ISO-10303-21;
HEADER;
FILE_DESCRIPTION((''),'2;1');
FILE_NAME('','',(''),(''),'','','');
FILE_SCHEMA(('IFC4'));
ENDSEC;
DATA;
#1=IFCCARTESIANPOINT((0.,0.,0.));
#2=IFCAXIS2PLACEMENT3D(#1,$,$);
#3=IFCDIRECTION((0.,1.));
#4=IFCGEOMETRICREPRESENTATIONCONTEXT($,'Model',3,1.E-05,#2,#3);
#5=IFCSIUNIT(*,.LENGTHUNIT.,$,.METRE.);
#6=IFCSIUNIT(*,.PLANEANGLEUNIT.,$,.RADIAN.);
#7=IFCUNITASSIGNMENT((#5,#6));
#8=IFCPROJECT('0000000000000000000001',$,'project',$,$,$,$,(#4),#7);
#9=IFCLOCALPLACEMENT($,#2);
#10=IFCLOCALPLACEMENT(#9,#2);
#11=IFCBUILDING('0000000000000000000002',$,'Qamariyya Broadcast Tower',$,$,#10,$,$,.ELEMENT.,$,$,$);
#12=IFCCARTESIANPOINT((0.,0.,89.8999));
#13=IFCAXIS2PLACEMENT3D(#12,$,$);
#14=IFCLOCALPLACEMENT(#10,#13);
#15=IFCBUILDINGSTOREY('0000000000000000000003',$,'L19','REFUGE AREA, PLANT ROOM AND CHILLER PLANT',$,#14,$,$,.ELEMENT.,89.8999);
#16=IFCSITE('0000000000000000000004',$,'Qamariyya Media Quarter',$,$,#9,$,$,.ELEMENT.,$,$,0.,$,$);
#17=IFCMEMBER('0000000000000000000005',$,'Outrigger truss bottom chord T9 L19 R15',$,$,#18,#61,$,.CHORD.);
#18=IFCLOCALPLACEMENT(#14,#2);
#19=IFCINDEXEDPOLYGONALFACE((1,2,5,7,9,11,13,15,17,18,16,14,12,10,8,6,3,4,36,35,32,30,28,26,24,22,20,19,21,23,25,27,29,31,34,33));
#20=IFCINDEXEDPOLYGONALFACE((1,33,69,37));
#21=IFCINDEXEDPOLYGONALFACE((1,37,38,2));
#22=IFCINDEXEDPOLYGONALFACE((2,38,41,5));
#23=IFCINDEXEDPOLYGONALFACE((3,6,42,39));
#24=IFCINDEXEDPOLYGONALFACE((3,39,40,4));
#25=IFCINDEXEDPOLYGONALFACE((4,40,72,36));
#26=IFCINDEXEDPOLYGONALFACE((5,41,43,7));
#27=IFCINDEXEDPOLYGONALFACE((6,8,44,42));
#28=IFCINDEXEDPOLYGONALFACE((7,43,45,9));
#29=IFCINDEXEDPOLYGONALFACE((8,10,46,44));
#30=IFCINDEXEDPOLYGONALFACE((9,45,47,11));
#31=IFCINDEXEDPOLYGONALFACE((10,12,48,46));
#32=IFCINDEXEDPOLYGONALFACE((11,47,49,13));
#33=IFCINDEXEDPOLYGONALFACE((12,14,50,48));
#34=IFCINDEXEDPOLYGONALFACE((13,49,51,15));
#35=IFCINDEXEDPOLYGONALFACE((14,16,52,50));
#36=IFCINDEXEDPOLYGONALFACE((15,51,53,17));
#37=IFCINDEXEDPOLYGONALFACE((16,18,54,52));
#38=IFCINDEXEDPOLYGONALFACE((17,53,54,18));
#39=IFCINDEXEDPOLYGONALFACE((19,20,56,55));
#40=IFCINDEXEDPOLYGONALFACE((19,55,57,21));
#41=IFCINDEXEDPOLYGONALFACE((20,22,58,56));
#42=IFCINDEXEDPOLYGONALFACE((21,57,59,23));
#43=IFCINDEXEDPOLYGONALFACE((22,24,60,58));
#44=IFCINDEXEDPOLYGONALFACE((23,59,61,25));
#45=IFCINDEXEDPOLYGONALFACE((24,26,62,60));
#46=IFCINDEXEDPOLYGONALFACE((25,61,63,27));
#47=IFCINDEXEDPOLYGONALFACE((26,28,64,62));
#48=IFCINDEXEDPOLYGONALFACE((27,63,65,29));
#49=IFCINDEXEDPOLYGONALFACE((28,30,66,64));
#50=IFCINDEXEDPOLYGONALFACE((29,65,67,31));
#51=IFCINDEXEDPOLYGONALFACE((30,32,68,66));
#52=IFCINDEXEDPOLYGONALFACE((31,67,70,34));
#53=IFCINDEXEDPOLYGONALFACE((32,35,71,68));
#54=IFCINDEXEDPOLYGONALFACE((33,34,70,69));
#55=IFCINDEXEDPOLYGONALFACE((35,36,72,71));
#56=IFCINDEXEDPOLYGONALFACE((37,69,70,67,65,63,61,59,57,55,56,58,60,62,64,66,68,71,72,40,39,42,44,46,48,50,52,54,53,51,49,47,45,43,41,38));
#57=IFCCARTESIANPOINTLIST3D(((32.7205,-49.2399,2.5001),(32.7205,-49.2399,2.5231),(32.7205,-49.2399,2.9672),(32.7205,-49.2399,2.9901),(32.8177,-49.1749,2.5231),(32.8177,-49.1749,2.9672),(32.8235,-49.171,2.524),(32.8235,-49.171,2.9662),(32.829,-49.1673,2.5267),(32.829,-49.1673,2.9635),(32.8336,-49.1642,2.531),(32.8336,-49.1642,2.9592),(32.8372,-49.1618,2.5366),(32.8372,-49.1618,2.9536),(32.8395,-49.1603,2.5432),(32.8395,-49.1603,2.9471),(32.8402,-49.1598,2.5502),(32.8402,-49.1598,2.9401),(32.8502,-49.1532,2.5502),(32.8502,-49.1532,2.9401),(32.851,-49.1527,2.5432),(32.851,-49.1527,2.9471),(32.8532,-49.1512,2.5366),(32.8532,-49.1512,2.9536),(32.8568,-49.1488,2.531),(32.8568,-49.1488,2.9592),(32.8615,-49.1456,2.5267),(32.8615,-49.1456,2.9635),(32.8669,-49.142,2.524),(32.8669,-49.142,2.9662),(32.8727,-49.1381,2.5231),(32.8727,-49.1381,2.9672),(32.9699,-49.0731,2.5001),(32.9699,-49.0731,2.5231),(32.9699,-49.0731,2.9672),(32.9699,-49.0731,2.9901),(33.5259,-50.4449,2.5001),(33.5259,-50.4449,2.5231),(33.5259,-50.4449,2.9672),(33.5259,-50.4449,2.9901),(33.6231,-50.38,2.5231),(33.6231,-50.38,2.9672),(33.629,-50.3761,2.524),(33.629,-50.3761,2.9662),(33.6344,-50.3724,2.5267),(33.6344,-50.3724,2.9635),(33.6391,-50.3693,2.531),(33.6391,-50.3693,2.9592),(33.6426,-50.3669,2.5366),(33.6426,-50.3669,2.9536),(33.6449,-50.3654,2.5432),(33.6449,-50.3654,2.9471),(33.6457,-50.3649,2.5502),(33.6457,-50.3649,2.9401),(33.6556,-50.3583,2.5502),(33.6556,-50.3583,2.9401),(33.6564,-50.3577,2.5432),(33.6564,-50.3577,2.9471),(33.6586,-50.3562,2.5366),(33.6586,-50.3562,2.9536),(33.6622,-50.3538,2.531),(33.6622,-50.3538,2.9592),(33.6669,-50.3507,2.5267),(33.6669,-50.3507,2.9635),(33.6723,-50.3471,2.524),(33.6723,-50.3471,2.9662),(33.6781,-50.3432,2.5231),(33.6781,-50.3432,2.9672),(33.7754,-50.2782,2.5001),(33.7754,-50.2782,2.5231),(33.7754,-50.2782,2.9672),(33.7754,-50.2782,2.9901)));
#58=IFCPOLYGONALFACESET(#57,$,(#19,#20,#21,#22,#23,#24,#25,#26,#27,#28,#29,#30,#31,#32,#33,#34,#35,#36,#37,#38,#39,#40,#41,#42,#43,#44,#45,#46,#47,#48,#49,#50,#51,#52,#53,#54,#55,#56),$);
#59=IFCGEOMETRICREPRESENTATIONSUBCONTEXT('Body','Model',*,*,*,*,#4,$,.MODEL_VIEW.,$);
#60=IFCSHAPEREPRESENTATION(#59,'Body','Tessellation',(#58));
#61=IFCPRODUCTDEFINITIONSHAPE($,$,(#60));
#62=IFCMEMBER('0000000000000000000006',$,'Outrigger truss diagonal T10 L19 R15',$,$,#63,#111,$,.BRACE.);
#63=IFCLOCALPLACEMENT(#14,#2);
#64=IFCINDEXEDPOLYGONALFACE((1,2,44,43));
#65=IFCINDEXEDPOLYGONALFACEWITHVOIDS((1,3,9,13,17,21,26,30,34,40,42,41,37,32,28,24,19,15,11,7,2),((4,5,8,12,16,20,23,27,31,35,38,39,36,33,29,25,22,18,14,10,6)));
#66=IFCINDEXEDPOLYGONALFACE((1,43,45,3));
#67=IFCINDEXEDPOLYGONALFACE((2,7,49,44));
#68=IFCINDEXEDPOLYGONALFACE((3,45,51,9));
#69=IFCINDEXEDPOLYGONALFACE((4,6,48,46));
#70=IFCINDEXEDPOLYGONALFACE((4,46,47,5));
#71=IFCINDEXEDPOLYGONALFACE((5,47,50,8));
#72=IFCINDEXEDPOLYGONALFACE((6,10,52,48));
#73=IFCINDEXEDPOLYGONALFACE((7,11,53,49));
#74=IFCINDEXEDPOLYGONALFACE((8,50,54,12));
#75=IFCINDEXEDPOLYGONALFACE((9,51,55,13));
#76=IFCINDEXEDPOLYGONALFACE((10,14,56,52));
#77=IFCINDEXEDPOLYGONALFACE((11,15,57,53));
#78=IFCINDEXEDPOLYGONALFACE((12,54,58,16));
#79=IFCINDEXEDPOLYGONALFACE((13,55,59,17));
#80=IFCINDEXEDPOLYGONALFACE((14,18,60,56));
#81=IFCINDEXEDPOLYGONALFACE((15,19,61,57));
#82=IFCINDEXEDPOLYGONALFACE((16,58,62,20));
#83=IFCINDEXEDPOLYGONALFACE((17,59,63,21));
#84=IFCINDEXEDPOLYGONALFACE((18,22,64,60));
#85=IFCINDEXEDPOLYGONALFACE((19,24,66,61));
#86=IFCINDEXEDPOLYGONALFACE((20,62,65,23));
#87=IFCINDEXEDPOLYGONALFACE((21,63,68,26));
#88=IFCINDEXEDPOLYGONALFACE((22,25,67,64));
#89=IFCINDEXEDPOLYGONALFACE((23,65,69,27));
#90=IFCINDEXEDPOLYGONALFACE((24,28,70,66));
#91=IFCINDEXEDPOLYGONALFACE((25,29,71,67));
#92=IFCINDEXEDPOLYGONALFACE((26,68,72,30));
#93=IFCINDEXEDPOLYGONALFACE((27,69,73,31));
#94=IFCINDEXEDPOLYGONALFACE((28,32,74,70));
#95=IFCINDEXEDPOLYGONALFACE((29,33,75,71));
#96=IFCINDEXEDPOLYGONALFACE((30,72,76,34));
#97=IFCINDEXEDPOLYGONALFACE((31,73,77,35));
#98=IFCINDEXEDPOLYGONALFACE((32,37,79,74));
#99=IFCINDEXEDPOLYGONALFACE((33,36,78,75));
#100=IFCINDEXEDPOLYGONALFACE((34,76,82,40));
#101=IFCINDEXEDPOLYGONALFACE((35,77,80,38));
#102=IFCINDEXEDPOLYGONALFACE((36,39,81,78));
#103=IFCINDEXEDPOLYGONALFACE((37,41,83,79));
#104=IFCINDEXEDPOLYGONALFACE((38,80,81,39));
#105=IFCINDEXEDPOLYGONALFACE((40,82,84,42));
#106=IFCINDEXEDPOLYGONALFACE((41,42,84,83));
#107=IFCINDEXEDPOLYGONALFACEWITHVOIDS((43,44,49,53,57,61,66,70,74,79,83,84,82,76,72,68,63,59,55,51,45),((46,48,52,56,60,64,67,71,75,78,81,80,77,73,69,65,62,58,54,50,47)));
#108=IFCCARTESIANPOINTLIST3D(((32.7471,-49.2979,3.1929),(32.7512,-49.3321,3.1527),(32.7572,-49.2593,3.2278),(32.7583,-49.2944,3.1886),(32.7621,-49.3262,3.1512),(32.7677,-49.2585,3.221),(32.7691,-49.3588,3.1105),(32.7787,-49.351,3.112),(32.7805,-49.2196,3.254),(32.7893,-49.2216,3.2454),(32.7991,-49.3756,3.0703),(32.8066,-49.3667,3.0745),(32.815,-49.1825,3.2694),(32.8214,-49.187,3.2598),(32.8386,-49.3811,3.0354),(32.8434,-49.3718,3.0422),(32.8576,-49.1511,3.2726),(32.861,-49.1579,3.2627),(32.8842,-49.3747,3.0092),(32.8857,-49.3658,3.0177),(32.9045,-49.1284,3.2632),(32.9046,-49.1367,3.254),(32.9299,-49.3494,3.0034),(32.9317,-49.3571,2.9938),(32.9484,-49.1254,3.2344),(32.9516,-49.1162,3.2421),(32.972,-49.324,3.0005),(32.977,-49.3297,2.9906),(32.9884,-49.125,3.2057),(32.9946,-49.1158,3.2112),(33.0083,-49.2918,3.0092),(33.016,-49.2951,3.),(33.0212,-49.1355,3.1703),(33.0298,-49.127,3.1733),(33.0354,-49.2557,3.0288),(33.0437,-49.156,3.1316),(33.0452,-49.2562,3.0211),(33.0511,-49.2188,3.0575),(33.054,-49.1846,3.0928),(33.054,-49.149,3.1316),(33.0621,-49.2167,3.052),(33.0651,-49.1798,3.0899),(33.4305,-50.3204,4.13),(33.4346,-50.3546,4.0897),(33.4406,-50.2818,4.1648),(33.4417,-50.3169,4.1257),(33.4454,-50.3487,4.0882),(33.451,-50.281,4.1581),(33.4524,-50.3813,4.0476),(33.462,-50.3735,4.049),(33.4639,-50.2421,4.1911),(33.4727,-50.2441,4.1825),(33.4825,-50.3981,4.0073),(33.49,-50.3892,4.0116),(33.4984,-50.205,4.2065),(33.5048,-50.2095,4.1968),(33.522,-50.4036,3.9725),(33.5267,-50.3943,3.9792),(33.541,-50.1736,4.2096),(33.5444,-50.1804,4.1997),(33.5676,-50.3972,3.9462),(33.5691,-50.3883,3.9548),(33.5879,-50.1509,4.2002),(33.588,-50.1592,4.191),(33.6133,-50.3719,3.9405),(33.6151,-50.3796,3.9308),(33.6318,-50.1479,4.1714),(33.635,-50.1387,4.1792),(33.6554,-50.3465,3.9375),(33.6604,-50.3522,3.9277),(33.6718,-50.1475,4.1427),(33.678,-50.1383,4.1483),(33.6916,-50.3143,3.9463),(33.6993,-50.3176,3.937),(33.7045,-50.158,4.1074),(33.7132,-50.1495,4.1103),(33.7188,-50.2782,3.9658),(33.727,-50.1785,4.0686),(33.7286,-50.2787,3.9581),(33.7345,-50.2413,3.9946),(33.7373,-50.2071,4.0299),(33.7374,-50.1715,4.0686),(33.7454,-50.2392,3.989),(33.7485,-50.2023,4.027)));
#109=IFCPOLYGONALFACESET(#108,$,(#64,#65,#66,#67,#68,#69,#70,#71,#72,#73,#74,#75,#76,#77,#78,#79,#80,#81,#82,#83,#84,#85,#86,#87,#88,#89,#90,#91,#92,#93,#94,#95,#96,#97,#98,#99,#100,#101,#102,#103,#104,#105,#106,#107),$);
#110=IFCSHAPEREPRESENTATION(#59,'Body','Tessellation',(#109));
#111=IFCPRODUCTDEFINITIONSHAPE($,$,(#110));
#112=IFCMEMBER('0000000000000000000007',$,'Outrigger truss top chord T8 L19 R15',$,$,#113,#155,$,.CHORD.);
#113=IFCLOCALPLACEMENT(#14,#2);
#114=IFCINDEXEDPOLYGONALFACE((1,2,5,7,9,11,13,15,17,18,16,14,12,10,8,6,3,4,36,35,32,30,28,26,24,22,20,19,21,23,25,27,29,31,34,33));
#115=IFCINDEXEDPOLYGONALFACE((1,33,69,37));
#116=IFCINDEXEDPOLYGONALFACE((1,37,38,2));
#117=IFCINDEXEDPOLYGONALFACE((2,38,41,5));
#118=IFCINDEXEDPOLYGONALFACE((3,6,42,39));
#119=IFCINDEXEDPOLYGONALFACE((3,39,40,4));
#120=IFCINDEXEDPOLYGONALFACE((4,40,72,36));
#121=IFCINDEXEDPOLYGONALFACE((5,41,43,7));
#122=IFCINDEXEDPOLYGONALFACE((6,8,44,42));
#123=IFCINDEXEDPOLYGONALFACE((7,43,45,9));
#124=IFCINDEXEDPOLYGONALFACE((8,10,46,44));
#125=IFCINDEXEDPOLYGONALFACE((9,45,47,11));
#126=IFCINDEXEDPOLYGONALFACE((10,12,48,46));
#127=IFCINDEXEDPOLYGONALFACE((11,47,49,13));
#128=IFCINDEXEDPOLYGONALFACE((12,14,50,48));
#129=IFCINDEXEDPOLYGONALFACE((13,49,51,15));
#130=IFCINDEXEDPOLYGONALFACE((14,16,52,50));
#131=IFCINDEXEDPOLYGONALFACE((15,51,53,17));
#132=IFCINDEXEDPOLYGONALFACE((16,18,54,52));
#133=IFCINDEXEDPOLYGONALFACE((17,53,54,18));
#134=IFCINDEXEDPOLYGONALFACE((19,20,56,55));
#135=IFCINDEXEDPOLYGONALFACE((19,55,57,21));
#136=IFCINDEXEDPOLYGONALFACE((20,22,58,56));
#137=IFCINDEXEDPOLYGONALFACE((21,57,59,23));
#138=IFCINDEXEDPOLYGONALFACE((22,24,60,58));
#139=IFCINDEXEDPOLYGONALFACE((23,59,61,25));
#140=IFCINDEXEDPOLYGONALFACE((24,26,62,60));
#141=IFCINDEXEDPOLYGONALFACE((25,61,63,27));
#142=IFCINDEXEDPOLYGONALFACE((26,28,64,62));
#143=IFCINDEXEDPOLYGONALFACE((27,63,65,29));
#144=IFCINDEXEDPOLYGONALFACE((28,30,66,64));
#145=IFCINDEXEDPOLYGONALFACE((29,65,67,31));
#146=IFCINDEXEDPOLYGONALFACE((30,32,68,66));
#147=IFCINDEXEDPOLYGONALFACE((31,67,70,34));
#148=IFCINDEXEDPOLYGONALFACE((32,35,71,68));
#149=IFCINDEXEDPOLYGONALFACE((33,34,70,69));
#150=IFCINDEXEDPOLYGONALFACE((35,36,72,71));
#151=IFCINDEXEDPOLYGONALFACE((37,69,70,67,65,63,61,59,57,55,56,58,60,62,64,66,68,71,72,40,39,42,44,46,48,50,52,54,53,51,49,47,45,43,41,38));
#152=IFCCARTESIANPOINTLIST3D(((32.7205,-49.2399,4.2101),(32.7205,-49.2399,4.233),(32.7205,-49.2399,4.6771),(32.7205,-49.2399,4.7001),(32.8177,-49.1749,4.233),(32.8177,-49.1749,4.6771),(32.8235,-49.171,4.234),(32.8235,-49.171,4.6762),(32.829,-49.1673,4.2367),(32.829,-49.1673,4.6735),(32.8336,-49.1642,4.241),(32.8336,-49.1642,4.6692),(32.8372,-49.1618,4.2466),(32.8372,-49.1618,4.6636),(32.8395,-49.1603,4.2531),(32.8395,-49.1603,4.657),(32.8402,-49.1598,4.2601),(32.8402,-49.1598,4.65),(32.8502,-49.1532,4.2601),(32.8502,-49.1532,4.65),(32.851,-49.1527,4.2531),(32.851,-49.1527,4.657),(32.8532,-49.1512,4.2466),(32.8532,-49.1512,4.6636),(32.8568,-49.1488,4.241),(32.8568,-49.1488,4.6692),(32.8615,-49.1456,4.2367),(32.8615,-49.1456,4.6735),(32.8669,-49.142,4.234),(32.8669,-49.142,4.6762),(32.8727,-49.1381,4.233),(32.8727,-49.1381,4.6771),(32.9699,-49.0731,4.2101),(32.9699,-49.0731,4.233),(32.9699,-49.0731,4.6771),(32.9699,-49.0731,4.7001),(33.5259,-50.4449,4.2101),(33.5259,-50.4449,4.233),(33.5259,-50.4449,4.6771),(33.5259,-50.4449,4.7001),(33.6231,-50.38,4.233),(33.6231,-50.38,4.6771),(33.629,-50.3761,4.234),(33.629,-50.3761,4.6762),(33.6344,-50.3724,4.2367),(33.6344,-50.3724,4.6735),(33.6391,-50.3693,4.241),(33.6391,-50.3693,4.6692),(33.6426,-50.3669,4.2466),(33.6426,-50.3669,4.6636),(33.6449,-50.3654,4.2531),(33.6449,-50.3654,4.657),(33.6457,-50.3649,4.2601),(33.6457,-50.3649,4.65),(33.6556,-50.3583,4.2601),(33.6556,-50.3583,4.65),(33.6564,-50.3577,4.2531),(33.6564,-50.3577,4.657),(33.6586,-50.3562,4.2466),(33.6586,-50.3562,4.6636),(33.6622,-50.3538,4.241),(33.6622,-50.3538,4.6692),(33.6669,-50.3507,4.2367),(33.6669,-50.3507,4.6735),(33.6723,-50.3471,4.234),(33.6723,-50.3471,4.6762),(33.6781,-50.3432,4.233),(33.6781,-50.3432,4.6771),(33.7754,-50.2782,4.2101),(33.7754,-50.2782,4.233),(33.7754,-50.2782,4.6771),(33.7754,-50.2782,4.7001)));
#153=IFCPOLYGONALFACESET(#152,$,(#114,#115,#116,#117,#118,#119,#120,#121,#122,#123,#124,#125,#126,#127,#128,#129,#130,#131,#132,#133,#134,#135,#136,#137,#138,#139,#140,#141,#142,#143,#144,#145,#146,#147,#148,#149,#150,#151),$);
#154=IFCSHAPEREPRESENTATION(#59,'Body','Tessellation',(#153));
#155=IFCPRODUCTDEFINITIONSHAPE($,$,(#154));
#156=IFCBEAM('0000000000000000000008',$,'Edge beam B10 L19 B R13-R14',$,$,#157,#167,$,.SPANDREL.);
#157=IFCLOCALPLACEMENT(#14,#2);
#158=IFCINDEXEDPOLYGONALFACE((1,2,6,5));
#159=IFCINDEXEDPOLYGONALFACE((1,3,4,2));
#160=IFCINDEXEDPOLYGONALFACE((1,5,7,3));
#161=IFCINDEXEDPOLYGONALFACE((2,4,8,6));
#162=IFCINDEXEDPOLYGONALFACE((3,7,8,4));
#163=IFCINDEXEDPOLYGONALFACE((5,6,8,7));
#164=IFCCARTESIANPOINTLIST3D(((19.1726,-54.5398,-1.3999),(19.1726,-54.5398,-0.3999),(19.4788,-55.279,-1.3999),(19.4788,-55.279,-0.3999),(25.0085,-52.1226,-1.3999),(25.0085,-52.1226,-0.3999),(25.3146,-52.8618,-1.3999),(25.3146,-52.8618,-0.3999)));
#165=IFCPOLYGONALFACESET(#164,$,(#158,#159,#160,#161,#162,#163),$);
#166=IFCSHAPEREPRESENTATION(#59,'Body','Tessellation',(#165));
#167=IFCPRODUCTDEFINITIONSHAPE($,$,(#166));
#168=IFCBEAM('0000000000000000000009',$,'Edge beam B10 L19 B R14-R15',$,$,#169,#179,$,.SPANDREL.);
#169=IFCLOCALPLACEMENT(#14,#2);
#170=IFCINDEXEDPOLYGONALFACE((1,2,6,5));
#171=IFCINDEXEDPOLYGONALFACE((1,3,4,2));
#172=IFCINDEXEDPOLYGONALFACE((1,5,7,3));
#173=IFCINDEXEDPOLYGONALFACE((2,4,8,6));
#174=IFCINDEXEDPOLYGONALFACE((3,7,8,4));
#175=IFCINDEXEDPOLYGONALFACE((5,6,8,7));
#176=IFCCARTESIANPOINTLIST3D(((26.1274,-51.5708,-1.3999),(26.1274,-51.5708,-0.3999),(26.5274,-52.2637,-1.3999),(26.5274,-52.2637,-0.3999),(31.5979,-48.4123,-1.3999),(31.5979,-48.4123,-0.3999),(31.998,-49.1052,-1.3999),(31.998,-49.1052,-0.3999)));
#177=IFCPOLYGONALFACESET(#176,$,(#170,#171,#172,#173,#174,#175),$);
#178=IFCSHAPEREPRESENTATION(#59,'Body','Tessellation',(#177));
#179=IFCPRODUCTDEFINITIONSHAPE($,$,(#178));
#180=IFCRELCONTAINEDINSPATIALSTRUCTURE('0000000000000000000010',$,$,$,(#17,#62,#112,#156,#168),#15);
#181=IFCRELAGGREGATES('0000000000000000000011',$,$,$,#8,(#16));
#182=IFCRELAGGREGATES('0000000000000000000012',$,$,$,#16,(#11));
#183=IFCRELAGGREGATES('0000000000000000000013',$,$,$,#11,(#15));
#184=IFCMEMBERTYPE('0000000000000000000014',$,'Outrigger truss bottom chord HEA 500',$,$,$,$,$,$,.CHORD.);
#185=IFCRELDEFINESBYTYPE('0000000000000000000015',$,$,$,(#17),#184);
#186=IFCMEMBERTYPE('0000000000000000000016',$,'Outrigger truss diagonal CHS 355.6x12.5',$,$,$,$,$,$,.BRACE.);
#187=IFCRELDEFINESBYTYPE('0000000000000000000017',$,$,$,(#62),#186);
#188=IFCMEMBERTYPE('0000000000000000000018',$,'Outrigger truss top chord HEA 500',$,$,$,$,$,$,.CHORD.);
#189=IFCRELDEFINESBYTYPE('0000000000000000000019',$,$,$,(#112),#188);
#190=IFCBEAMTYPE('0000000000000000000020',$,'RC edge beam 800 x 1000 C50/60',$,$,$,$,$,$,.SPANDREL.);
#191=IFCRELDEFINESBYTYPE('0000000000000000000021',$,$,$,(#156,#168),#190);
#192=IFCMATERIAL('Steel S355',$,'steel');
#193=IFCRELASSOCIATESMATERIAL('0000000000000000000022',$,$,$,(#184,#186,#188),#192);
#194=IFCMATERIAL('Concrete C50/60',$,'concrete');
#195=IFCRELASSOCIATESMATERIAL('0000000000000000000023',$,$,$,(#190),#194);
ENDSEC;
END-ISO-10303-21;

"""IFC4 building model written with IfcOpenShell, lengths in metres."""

from ifc_helpers import new_model, si_unit, direction, frame, origin, origin_2d, place, context, subcontext, project, spatial, rectangle, hollow_circle, i_section, extrude, material, material_profile, profile_set, type_object, element, save


model = new_model("IFC4")

# Units and contexts
model_context = context("Model", 3, precision=1e-05, world=origin(), true_north=direction((0.0, 1.0)))
body_context = subcontext(model_context, "Body", "Model", "MODEL_VIEW")
ifc_project = project(units=[si_unit("LENGTHUNIT", "METRE"), si_unit("PLANEANGLEUNIT", "RADIAN")], contexts=[model_context])

# Site, building, storey
site_placement = place(None, origin())
site = spatial("IfcSite", under=ifc_project, at=site_placement, Name="Qamariyya Media Quarter", CompositionType="ELEMENT", RefElevation=0.0)
building_placement = place(site_placement, origin())
building = spatial("IfcBuilding", under=site, at=building_placement, Name="Qamariyya Broadcast Tower", CompositionType="ELEMENT")
storey_placement = place(building_placement, frame((0.0, 0.0, 89.8999)))
storey = spatial("IfcBuildingStorey", under=building, at=storey_placement, Name="L19", Description="REFUGE AREA, PLANT ROOM AND CHILLER PLANT", CompositionType="ELEMENT", Elevation=89.8999)

# Members
ifc_material_1 = material(Name="Steel S355", Category="steel")
ifc_material_profile_1 = material_profile(ifc_material_1, i_section(OverallWidth=0.3, OverallDepth=0.49, WebThickness=0.012, FlangeThickness=0.0229, FilletRadius=0.0271, at=origin_2d()))
ifc_profile_set_1 = profile_set([ifc_material_profile_1], Name="Steel S355")
member_type_1 = type_object("IfcMemberType", Name="Outrigger truss bottom chord HEA 500", PredefinedType="CHORD", material=ifc_profile_set_1)
member_1_placement = place(storey_placement, frame((32.8452, -49.1565, 2.7451), z_axis=(0.555672, -0.831402, 0.0), x_axis=(0.831402, 0.555672, 0.0)))
element("IfcMember", 1, at=member_1_placement, inside=storey, type_object=member_type_1, Name="Outrigger truss bottom chord T9 L19 R15", PredefinedType="CHORD", context=body_context, shape_type="SweptSolid", body=[
    extrude(i_section(OverallWidth=0.3, OverallDepth=0.49, WebThickness=0.012, FlangeThickness=0.0229, FilletRadius=0.0271, at=origin_2d()), origin(), (0.0, 0.0, 1.0), 1.4495),
])
ifc_material_profile_2 = material_profile(ifc_material_1, hollow_circle(Radius=0.1777, WallThickness=0.0125, at=origin_2d()))
ifc_profile_set_2 = profile_set([ifc_material_profile_2], Name="Steel S355")
member_type_2 = type_object("IfcMemberType", Name="Outrigger truss diagonal CHS 355.6x12.5", PredefinedType="BRACE", material=ifc_profile_set_2)
member_2_placement = place(storey_placement, frame((32.9062, -49.2478, 3.1316), z_axis=(0.441987, -0.661322, 0.606054), x_axis=(0.831408, 0.555662, 0.0)))
element("IfcMember", 2, at=member_2_placement, inside=storey, type_object=member_type_2, Name="Outrigger truss diagonal T10 L19 R15", PredefinedType="BRACE", context=body_context, shape_type="SweptSolid", body=[
    extrude(hollow_circle(Radius=0.1777, WallThickness=0.0125, at=origin_2d()), origin(), (0.0, 0.0, 1.0), 1.5461),
])
ifc_material_profile_3 = material_profile(ifc_material_1, i_section(OverallWidth=0.3, OverallDepth=0.49, WebThickness=0.012, FlangeThickness=0.0229, FilletRadius=0.0271, at=origin_2d()))
ifc_profile_set_3 = profile_set([ifc_material_profile_3], Name="Steel S355")
member_type_3 = type_object("IfcMemberType", Name="Outrigger truss top chord HEA 500", PredefinedType="CHORD", material=ifc_profile_set_3)
member_3_placement = place(storey_placement, frame((32.8452, -49.1565, 4.4551), z_axis=(0.555672, -0.831402, 0.0), x_axis=(0.831402, 0.555672, 0.0)))
element("IfcMember", 3, at=member_3_placement, inside=storey, type_object=member_type_3, Name="Outrigger truss top chord T8 L19 R15", PredefinedType="CHORD", context=body_context, shape_type="SweptSolid", body=[
    extrude(i_section(OverallWidth=0.3, OverallDepth=0.49, WebThickness=0.012, FlangeThickness=0.0229, FilletRadius=0.0271, at=origin_2d()), origin(), (0.0, 0.0, 1.0), 1.4495),
])

# Beams
ifc_material_2 = material(Name="Concrete C50/60", Category="concrete")
ifc_material_profile_4 = material_profile(ifc_material_2, rectangle(XDim=0.8, YDim=1.0, at=origin_2d()))
ifc_profile_set_4 = profile_set([ifc_material_profile_4], Name="Concrete C50/60")
beam_type_1 = type_object("IfcBeamType", Name="RC edge beam 800 x 1000 C50/60", PredefinedType="SPANDREL", material=ifc_profile_set_4)
beam_1_placement = place(storey_placement, frame((19.3257, -54.9094, -0.8999), z_axis=(0.923884, 0.382672, 0.0), x_axis=(-0.382672, 0.923884, 0.0)))
element("IfcBeam", 4, at=beam_1_placement, inside=storey, type_object=beam_type_1, Name="Edge beam B10 L19 B R13-R14", PredefinedType="SPANDREL", context=body_context, shape_type="SweptSolid", body=[
    extrude(rectangle(XDim=0.8, YDim=1.0, at=origin_2d()), origin(), (0.0, 0.0, 1.0), 6.3167),
])
beam_2_placement = place(storey_placement, frame((26.3274, -51.9172, -0.8999), z_axis=(0.86602, 0.500009, 0.0), x_axis=(-0.500009, 0.86602, 0.0)))
element("IfcBeam", 5, at=beam_2_placement, inside=storey, type_object=beam_type_1, Name="Edge beam B10 L19 B R14-R15", PredefinedType="SPANDREL", context=body_context, shape_type="SweptSolid", body=[
    extrude(rectangle(XDim=0.8, YDim=1.0, at=origin_2d()), origin(), (0.0, 0.0, 1.0), 6.3169),
])

save(model, "model.ifc")
